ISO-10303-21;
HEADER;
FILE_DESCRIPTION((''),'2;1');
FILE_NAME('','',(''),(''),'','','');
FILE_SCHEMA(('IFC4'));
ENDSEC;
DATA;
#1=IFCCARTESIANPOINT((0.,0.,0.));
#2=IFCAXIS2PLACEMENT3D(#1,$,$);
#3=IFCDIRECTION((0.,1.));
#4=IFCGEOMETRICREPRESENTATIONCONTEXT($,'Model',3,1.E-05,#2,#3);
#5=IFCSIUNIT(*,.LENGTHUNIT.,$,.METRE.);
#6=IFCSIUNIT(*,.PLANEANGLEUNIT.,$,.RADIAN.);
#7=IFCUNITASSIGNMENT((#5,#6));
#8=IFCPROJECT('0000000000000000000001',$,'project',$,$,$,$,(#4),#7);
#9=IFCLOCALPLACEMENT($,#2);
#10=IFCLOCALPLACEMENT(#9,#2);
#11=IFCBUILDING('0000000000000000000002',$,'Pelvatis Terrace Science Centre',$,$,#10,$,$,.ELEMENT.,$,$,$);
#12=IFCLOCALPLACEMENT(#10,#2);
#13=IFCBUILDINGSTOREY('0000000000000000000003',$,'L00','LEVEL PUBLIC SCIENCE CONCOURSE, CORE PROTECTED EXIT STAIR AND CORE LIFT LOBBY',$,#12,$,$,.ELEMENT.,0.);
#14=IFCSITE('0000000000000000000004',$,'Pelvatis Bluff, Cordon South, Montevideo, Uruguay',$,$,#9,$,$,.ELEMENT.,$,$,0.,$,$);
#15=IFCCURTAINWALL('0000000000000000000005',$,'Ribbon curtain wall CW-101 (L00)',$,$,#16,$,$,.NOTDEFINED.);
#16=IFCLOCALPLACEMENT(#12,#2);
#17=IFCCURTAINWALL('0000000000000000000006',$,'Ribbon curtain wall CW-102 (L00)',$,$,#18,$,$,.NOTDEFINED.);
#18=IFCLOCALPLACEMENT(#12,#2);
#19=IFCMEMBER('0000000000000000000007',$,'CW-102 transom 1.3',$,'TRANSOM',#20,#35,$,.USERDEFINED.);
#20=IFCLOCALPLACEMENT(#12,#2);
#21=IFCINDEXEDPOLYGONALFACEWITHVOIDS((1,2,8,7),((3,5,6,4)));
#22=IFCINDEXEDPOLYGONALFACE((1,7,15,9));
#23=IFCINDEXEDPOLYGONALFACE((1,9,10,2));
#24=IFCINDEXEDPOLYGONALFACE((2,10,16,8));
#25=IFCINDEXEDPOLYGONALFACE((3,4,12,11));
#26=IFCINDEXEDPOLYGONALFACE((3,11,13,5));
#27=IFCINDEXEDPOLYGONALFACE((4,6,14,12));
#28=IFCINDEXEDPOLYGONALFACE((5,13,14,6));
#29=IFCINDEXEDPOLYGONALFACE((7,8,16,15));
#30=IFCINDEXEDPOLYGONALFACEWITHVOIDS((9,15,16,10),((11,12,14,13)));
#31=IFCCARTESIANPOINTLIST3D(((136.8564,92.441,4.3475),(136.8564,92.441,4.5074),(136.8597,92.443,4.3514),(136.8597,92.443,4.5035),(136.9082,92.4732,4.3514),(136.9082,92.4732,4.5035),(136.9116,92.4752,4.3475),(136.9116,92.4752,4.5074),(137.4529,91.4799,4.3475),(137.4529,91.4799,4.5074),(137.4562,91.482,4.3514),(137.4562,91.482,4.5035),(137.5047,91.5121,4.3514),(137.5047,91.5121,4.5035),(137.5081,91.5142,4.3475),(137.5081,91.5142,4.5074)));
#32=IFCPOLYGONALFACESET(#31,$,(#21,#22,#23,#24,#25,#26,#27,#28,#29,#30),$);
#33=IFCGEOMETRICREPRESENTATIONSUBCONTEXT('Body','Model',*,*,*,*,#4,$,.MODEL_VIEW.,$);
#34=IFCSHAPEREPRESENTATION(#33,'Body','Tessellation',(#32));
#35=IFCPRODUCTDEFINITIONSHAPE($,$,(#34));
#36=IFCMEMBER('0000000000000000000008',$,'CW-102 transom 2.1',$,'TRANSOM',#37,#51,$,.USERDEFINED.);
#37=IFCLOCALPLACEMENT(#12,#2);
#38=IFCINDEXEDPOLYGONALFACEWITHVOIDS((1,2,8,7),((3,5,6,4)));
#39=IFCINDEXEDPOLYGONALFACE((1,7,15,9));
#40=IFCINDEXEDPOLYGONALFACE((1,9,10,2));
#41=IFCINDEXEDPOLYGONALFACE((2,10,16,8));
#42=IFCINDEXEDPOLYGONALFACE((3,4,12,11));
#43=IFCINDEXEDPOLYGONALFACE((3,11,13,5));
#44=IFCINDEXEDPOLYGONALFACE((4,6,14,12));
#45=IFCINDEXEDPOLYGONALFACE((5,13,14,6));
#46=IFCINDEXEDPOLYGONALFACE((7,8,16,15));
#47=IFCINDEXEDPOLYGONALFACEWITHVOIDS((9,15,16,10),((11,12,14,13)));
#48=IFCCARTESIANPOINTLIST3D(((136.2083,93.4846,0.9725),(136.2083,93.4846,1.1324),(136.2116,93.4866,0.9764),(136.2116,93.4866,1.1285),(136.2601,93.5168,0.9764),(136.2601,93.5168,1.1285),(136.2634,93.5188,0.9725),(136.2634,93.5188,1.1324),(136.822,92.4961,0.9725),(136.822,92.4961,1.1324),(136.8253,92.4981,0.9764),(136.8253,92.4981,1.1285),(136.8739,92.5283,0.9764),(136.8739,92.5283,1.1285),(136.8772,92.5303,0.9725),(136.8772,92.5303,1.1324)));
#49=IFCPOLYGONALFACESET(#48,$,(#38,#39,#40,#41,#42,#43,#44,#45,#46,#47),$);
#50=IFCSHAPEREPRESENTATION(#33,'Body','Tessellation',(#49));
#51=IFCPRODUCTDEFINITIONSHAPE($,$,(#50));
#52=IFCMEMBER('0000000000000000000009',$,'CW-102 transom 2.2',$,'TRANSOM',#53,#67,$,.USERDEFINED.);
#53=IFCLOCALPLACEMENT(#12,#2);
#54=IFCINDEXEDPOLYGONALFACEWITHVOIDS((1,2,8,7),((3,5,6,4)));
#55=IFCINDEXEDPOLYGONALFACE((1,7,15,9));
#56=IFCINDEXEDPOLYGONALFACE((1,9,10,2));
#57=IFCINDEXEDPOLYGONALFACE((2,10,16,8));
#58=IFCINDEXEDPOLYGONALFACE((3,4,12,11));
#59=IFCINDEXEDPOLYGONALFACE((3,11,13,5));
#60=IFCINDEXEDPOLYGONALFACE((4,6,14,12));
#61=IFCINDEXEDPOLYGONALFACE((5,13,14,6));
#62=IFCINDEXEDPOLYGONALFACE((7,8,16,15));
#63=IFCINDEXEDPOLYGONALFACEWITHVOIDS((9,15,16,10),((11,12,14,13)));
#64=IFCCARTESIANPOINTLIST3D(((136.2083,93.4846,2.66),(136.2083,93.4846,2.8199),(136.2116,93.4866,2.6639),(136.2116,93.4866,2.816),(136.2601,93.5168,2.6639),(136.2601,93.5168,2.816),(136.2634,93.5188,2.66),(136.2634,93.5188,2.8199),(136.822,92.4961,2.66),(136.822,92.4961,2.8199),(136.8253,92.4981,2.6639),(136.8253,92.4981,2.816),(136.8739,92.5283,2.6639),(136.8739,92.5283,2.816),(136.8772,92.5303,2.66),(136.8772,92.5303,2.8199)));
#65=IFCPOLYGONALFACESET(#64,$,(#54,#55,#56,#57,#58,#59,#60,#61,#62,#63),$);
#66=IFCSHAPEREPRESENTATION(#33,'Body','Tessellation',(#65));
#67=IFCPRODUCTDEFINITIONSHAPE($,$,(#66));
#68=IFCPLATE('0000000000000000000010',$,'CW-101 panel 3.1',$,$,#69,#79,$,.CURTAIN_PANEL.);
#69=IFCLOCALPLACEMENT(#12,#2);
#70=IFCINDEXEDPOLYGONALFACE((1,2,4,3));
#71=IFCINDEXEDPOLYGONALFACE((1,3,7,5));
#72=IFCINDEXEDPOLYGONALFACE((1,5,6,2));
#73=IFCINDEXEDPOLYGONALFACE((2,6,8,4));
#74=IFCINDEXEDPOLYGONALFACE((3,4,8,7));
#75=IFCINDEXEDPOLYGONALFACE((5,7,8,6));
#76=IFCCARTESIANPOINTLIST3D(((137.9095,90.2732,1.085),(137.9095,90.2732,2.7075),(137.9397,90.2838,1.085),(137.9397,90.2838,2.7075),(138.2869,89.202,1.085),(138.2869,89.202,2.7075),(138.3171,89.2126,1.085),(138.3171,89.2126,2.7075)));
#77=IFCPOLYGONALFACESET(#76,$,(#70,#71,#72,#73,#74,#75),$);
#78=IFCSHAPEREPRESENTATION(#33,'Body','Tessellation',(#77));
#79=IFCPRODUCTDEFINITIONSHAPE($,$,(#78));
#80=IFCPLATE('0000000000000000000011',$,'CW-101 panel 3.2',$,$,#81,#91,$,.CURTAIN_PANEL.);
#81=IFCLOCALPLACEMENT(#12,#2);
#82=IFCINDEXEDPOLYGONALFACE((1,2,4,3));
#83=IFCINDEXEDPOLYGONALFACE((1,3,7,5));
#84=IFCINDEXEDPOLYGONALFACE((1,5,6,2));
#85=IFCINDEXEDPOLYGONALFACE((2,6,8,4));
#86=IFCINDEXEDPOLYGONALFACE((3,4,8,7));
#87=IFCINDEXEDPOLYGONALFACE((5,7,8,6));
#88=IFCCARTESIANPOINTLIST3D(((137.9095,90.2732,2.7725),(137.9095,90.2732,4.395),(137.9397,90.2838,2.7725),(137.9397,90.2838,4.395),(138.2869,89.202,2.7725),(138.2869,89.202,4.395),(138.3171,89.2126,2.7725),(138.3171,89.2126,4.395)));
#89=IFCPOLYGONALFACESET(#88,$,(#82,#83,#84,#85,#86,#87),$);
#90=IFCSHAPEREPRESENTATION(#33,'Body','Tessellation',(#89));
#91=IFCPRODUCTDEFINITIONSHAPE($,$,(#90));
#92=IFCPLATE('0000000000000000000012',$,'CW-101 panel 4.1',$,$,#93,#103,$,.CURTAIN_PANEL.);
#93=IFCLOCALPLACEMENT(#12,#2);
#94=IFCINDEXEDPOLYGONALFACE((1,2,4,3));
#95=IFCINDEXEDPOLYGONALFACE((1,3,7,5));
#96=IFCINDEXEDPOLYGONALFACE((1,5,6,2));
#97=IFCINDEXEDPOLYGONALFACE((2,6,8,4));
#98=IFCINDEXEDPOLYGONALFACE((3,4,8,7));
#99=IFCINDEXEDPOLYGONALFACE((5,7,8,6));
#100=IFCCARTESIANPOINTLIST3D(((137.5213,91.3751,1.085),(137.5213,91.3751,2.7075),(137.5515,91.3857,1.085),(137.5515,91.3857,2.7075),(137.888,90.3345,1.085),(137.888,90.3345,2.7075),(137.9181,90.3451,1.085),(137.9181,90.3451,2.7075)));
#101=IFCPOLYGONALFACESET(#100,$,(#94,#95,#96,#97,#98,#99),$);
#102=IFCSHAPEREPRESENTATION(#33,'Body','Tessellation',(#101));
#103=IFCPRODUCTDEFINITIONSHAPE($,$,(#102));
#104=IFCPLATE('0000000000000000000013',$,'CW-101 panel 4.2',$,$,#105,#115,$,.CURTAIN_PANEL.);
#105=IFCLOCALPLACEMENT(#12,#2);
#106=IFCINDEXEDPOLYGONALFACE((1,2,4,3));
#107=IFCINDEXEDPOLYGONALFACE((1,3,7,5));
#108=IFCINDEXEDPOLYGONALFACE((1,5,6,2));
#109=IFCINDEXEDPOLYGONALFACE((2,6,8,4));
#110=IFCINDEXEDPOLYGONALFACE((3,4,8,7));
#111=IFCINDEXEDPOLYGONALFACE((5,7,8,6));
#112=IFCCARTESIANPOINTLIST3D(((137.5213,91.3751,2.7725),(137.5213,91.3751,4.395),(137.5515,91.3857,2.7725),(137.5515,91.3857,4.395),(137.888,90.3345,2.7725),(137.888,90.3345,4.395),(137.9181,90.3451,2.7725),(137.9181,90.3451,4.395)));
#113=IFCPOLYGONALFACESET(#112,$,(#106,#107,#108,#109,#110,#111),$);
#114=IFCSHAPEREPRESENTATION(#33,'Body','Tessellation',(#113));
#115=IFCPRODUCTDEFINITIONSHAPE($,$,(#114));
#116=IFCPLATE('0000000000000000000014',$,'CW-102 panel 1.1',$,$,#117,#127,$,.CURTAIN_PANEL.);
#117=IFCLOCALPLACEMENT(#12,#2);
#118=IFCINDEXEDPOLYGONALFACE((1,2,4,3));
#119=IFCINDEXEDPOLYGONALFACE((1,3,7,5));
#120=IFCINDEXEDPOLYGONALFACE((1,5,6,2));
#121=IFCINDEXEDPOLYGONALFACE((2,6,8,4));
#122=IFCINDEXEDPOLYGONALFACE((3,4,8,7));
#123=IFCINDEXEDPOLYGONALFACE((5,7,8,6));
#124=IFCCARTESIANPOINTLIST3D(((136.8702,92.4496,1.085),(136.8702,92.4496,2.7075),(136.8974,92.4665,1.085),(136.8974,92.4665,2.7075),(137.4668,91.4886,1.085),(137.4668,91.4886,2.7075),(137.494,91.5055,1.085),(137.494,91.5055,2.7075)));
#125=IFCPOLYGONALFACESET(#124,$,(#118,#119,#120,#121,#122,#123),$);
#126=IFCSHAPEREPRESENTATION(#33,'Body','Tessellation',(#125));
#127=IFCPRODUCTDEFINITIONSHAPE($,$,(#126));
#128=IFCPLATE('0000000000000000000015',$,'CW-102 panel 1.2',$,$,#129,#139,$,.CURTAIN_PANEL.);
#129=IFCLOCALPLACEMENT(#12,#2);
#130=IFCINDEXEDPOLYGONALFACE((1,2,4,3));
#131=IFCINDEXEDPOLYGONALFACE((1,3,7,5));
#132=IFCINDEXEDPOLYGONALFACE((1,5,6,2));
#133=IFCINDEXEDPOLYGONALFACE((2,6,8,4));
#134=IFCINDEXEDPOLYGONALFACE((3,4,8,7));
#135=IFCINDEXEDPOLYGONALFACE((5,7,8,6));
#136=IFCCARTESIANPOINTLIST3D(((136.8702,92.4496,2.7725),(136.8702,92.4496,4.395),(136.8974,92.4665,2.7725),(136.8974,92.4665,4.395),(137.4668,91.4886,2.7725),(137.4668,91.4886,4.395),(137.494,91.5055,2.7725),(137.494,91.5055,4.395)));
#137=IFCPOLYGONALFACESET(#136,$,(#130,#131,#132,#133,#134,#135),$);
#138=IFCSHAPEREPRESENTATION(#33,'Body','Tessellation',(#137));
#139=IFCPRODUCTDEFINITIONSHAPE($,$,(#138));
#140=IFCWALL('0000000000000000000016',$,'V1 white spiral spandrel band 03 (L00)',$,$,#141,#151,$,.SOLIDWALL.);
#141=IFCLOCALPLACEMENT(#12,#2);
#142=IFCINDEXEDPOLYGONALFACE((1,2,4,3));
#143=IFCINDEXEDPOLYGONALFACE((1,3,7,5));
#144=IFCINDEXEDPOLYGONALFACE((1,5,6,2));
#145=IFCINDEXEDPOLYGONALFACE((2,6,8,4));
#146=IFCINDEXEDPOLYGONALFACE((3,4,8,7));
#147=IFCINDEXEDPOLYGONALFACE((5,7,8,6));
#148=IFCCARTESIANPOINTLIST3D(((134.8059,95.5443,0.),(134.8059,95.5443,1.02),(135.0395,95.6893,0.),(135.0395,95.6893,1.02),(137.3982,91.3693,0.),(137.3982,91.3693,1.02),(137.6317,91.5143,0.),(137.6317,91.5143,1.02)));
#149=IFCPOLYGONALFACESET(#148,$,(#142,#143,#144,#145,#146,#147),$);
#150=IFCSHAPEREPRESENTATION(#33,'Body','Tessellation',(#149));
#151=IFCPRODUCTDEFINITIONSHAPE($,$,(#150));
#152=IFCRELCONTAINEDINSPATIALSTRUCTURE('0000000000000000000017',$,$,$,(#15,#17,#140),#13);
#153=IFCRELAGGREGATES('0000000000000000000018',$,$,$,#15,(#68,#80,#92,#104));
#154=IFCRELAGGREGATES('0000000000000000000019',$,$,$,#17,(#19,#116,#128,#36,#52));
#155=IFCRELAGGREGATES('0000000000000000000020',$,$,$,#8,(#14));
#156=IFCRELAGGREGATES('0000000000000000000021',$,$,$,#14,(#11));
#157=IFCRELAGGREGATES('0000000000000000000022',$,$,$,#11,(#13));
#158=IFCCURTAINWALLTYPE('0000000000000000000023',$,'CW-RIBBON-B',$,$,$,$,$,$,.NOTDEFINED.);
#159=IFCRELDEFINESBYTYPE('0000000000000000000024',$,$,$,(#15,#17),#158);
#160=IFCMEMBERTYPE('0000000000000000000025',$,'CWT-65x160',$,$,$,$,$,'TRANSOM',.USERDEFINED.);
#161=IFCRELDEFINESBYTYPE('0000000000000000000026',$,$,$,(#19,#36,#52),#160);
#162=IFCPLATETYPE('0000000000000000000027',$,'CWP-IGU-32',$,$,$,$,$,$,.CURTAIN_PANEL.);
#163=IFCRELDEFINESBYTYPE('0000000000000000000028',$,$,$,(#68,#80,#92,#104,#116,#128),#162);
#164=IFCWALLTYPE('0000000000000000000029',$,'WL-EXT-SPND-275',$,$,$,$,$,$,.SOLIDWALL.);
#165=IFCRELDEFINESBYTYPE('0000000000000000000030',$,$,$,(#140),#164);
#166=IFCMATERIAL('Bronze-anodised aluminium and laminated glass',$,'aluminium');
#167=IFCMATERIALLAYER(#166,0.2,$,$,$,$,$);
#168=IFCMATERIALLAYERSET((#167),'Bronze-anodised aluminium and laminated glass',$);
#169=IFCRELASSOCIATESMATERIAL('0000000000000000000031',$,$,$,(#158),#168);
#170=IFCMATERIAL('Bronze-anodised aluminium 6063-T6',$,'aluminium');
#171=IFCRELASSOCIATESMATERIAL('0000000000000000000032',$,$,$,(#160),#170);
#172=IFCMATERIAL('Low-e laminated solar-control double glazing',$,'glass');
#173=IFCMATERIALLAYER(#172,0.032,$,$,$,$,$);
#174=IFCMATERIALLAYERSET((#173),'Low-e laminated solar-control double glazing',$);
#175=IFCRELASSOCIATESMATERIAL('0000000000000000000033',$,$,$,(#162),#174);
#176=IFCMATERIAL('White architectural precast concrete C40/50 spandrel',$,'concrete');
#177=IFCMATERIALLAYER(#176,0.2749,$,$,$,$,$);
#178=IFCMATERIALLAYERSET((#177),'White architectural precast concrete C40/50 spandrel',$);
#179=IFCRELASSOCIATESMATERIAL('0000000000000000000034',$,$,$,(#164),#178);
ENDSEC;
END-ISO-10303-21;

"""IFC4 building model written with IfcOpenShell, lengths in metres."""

from ifc_helpers import new_model, si_unit, direction, frame, frame_2d, origin, origin_2d, place, context, subcontext, project, spatial, rectangle, hollow_rectangle, extrude, material, layer, layer_set, material_profile, profile_set, type_object, element, aggregate, save


model = new_model("IFC4")

# Units and contexts
model_context = context("Model", 3, precision=1e-05, world=origin(), true_north=direction((0.0, 1.0)))
body_context = subcontext(model_context, "Body", "Model", "MODEL_VIEW")
ifc_project = project(units=[si_unit("LENGTHUNIT", "METRE"), si_unit("PLANEANGLEUNIT", "RADIAN")], contexts=[model_context])

# Site, building, storey
site_placement = place(None, origin())
site = spatial("IfcSite", under=ifc_project, at=site_placement, Name="Pelvatis Bluff, Cordon South, Montevideo, Uruguay", CompositionType="ELEMENT", RefElevation=0.0)
building_placement = place(site_placement, origin())
building = spatial("IfcBuilding", under=site, at=building_placement, Name="Pelvatis Terrace Science Centre", CompositionType="ELEMENT")
storey_placement = place(building_placement, origin())
storey = spatial("IfcBuildingStorey", under=building, at=storey_placement, Name="L00", Description="LEVEL PUBLIC SCIENCE CONCOURSE, CORE PROTECTED EXIT STAIR AND CORE LIFT LOBBY", CompositionType="ELEMENT", Elevation=0.0)

# Curtain walls
ifc_material_1 = material(Name="Bronze-anodised aluminium and laminated glass", Category="aluminium")
ifc_layer_1 = layer(ifc_material_1, 0.2)
ifc_layer_set_1 = layer_set([ifc_layer_1], Name="Bronze-anodised aluminium and laminated glass")
curtain_wall_type = type_object("IfcCurtainWallType", Name="CW-RIBBON-B", PredefinedType="NOTDEFINED", material=ifc_layer_set_1)
curtain_wall_1_placement = place(storey_placement, origin())
curtain_wall_1 = element("IfcCurtainWall", 1, at=curtain_wall_1_placement, inside=storey, type_object=curtain_wall_type, Name="Ribbon curtain wall CW-101 (L00)", PredefinedType="NOTDEFINED")
curtain_wall_2_placement = place(storey_placement, origin())
curtain_wall_2 = element("IfcCurtainWall", 2, at=curtain_wall_2_placement, inside=storey, type_object=curtain_wall_type, Name="Ribbon curtain wall CW-102 (L00)", PredefinedType="NOTDEFINED")

# Members
ifc_material_2 = material(Name="Bronze-anodised aluminium 6063-T6", Category="aluminium")
ifc_material_profile_1 = material_profile(ifc_material_2, hollow_rectangle(XDim=0.0649, YDim=0.1599, WallThickness=0.0039, at=origin_2d()), Name="ALU-TRN 65x160")
ifc_profile_set_1 = profile_set([ifc_material_profile_1], Name="Bronze-anodised aluminium 6063-T6")
member_type_1 = type_object("IfcMemberType", Name="CWT-65x160", ElementType="TRANSOM", PredefinedType="USERDEFINED", material=ifc_profile_set_1)
member_1_placement = place(storey_placement, frame((137.4805, 91.4971, 4.4275), z_axis=(-0.527357, 0.849644, 0.0), x_axis=(-0.849644, -0.527357, 0.0)))
member_1 = element("IfcMember", 3, at=member_1_placement, type_object=member_type_1, Name="CW-102 transom 1.3", ObjectType="TRANSOM", PredefinedType="USERDEFINED", context=body_context, shape_type="SweptSolid", body=[
    extrude(hollow_rectangle(XDim=0.0649, YDim=0.1599, WallThickness=0.0039, at=origin_2d()), origin(), (0.0, 0.0, 1.0), 1.1311),
])
member_2_placement = place(storey_placement, frame((136.8496, 92.5132, 1.0525), z_axis=(-0.527488, 0.849562, 0.0), x_axis=(-0.849562, -0.527488, 0.0)))
member_2 = element("IfcMember", 4, at=member_2_placement, type_object=member_type_1, Name="CW-102 transom 2.1", ObjectType="TRANSOM", PredefinedType="USERDEFINED", context=body_context, shape_type="SweptSolid", body=[
    extrude(hollow_rectangle(XDim=0.0649, YDim=0.1599, WallThickness=0.0039, at=origin_2d()), origin(), (0.0, 0.0, 1.0), 1.1636),
])
member_3_placement = place(storey_placement, frame((136.8496, 92.5132, 2.74), z_axis=(-0.527488, 0.849562, 0.0), x_axis=(-0.849562, -0.527488, 0.0)))
member_3 = element("IfcMember", 5, at=member_3_placement, type_object=member_type_1, Name="CW-102 transom 2.2", ObjectType="TRANSOM", PredefinedType="USERDEFINED", context=body_context, shape_type="SweptSolid", body=[
    extrude(hollow_rectangle(XDim=0.0649, YDim=0.1599, WallThickness=0.0039, at=origin_2d()), origin(), (0.0, 0.0, 1.0), 1.1636),
])

# Plates
ifc_material_3 = material(Name="Low-e laminated solar-control double glazing", Category="glass")
ifc_layer_2 = layer(ifc_material_3, 0.032)
ifc_layer_set_2 = layer_set([ifc_layer_2], Name="Low-e laminated solar-control double glazing")
plate_type = type_object("IfcPlateType", Name="CWP-IGU-32", PredefinedType="CURTAIN_PANEL", material=ifc_layer_set_2)
plate_1_placement = place(storey_placement, frame((138.1133, 89.7429, 1.085), z_axis=(0.0, 0.0, 1.0), x_axis=(-0.332308, 0.943171, 0.0)))
plate_1 = element("IfcPlate", 6, at=plate_1_placement, type_object=plate_type, Name="CW-101 panel 3.1", PredefinedType="CURTAIN_PANEL", context=body_context, shape_type="SweptSolid", body=[
    extrude(rectangle(XDim=1.1357, YDim=0.032, at=origin_2d()), origin(), (0.0, 0.0, 1.0), 1.6226),
])
plate_2_placement = place(storey_placement, frame((138.1133, 89.7429, 2.7725), z_axis=(0.0, 0.0, 1.0), x_axis=(-0.332308, 0.943171, 0.0)))
plate_2 = element("IfcPlate", 7, at=plate_2_placement, type_object=plate_type, Name="CW-101 panel 3.2", PredefinedType="CURTAIN_PANEL", context=body_context, shape_type="SweptSolid", body=[
    extrude(rectangle(XDim=1.1357, YDim=0.032, at=origin_2d()), origin(), (0.0, 0.0, 1.0), 1.6226),
])
plate_3_placement = place(storey_placement, frame((137.7197, 90.8601, 1.085), z_axis=(0.0, 0.0, 1.0), x_axis=(-0.332308, 0.943171, 0.0)))
plate_3 = element("IfcPlate", 8, at=plate_3_placement, type_object=plate_type, Name="CW-101 panel 4.1", PredefinedType="CURTAIN_PANEL", context=body_context, shape_type="SweptSolid", body=[
    extrude(rectangle(XDim=1.1033, YDim=0.032, at=origin_2d()), origin(), (0.0, 0.0, 1.0), 1.6226),
])
plate_4_placement = place(storey_placement, frame((137.7197, 90.8601, 2.7725), z_axis=(0.0, 0.0, 1.0), x_axis=(-0.332308, 0.943171, 0.0)))
plate_4 = element("IfcPlate", 9, at=plate_4_placement, type_object=plate_type, Name="CW-101 panel 4.2", PredefinedType="CURTAIN_PANEL", context=body_context, shape_type="SweptSolid", body=[
    extrude(rectangle(XDim=1.1033, YDim=0.032, at=origin_2d()), origin(), (0.0, 0.0, 1.0), 1.6226),
])
aggregate(curtain_wall_1, [plate_1, plate_2, plate_3, plate_4])
plate_5_placement = place(storey_placement, frame((137.1821, 91.9775, 1.085), z_axis=(0.0, 0.0, 1.0), x_axis=(-0.52745, 0.849586, 0.0)))
plate_5 = element("IfcPlate", 10, at=plate_5_placement, type_object=plate_type, Name="CW-102 panel 1.1", PredefinedType="CURTAIN_PANEL", context=body_context, shape_type="SweptSolid", body=[
    extrude(rectangle(XDim=1.1311, YDim=0.032, at=origin_2d()), origin(), (0.0, 0.0, 1.0), 1.6226),
])
plate_6_placement = place(storey_placement, frame((137.1821, 91.9775, 2.7725), z_axis=(0.0, 0.0, 1.0), x_axis=(-0.52745, 0.849586, 0.0)))
plate_6 = element("IfcPlate", 11, at=plate_6_placement, type_object=plate_type, Name="CW-102 panel 1.2", PredefinedType="CURTAIN_PANEL", context=body_context, shape_type="SweptSolid", body=[
    extrude(rectangle(XDim=1.1311, YDim=0.032, at=origin_2d()), origin(), (0.0, 0.0, 1.0), 1.6226),
])
aggregate(curtain_wall_2, [member_1, plate_5, plate_6, member_2, member_3])

# Wall
ifc_material_4 = material(Name="White architectural precast concrete C40/50 spandrel", Category="concrete")
ifc_layer_3 = layer(ifc_material_4, 0.2749)
ifc_layer_set_3 = layer_set([ifc_layer_3], Name="White architectural precast concrete C40/50 spandrel")
wall_type = type_object("IfcWallType", Name="WL-EXT-SPND-275", PredefinedType="SOLIDWALL", material=ifc_layer_set_3)
wall_placement = place(storey_placement, frame((137.5149, 91.4419, 0.0), z_axis=(0.0, 0.0, 1.0), x_axis=(-0.527491, 0.84956, 0.0)))
element("IfcWall", 12, at=wall_placement, inside=storey, type_object=wall_type, Name="V1 white spiral spandrel band 03 (L00)", PredefinedType="SOLIDWALL", context=body_context, shape_type="SweptSolid", body=[
    extrude(rectangle(XDim=4.9143, YDim=0.2749, at=frame_2d((2.457, 0.0))), origin(), (0.0, 0.0, 1.0), 1.02),
])

save(model, "model.ifc")
